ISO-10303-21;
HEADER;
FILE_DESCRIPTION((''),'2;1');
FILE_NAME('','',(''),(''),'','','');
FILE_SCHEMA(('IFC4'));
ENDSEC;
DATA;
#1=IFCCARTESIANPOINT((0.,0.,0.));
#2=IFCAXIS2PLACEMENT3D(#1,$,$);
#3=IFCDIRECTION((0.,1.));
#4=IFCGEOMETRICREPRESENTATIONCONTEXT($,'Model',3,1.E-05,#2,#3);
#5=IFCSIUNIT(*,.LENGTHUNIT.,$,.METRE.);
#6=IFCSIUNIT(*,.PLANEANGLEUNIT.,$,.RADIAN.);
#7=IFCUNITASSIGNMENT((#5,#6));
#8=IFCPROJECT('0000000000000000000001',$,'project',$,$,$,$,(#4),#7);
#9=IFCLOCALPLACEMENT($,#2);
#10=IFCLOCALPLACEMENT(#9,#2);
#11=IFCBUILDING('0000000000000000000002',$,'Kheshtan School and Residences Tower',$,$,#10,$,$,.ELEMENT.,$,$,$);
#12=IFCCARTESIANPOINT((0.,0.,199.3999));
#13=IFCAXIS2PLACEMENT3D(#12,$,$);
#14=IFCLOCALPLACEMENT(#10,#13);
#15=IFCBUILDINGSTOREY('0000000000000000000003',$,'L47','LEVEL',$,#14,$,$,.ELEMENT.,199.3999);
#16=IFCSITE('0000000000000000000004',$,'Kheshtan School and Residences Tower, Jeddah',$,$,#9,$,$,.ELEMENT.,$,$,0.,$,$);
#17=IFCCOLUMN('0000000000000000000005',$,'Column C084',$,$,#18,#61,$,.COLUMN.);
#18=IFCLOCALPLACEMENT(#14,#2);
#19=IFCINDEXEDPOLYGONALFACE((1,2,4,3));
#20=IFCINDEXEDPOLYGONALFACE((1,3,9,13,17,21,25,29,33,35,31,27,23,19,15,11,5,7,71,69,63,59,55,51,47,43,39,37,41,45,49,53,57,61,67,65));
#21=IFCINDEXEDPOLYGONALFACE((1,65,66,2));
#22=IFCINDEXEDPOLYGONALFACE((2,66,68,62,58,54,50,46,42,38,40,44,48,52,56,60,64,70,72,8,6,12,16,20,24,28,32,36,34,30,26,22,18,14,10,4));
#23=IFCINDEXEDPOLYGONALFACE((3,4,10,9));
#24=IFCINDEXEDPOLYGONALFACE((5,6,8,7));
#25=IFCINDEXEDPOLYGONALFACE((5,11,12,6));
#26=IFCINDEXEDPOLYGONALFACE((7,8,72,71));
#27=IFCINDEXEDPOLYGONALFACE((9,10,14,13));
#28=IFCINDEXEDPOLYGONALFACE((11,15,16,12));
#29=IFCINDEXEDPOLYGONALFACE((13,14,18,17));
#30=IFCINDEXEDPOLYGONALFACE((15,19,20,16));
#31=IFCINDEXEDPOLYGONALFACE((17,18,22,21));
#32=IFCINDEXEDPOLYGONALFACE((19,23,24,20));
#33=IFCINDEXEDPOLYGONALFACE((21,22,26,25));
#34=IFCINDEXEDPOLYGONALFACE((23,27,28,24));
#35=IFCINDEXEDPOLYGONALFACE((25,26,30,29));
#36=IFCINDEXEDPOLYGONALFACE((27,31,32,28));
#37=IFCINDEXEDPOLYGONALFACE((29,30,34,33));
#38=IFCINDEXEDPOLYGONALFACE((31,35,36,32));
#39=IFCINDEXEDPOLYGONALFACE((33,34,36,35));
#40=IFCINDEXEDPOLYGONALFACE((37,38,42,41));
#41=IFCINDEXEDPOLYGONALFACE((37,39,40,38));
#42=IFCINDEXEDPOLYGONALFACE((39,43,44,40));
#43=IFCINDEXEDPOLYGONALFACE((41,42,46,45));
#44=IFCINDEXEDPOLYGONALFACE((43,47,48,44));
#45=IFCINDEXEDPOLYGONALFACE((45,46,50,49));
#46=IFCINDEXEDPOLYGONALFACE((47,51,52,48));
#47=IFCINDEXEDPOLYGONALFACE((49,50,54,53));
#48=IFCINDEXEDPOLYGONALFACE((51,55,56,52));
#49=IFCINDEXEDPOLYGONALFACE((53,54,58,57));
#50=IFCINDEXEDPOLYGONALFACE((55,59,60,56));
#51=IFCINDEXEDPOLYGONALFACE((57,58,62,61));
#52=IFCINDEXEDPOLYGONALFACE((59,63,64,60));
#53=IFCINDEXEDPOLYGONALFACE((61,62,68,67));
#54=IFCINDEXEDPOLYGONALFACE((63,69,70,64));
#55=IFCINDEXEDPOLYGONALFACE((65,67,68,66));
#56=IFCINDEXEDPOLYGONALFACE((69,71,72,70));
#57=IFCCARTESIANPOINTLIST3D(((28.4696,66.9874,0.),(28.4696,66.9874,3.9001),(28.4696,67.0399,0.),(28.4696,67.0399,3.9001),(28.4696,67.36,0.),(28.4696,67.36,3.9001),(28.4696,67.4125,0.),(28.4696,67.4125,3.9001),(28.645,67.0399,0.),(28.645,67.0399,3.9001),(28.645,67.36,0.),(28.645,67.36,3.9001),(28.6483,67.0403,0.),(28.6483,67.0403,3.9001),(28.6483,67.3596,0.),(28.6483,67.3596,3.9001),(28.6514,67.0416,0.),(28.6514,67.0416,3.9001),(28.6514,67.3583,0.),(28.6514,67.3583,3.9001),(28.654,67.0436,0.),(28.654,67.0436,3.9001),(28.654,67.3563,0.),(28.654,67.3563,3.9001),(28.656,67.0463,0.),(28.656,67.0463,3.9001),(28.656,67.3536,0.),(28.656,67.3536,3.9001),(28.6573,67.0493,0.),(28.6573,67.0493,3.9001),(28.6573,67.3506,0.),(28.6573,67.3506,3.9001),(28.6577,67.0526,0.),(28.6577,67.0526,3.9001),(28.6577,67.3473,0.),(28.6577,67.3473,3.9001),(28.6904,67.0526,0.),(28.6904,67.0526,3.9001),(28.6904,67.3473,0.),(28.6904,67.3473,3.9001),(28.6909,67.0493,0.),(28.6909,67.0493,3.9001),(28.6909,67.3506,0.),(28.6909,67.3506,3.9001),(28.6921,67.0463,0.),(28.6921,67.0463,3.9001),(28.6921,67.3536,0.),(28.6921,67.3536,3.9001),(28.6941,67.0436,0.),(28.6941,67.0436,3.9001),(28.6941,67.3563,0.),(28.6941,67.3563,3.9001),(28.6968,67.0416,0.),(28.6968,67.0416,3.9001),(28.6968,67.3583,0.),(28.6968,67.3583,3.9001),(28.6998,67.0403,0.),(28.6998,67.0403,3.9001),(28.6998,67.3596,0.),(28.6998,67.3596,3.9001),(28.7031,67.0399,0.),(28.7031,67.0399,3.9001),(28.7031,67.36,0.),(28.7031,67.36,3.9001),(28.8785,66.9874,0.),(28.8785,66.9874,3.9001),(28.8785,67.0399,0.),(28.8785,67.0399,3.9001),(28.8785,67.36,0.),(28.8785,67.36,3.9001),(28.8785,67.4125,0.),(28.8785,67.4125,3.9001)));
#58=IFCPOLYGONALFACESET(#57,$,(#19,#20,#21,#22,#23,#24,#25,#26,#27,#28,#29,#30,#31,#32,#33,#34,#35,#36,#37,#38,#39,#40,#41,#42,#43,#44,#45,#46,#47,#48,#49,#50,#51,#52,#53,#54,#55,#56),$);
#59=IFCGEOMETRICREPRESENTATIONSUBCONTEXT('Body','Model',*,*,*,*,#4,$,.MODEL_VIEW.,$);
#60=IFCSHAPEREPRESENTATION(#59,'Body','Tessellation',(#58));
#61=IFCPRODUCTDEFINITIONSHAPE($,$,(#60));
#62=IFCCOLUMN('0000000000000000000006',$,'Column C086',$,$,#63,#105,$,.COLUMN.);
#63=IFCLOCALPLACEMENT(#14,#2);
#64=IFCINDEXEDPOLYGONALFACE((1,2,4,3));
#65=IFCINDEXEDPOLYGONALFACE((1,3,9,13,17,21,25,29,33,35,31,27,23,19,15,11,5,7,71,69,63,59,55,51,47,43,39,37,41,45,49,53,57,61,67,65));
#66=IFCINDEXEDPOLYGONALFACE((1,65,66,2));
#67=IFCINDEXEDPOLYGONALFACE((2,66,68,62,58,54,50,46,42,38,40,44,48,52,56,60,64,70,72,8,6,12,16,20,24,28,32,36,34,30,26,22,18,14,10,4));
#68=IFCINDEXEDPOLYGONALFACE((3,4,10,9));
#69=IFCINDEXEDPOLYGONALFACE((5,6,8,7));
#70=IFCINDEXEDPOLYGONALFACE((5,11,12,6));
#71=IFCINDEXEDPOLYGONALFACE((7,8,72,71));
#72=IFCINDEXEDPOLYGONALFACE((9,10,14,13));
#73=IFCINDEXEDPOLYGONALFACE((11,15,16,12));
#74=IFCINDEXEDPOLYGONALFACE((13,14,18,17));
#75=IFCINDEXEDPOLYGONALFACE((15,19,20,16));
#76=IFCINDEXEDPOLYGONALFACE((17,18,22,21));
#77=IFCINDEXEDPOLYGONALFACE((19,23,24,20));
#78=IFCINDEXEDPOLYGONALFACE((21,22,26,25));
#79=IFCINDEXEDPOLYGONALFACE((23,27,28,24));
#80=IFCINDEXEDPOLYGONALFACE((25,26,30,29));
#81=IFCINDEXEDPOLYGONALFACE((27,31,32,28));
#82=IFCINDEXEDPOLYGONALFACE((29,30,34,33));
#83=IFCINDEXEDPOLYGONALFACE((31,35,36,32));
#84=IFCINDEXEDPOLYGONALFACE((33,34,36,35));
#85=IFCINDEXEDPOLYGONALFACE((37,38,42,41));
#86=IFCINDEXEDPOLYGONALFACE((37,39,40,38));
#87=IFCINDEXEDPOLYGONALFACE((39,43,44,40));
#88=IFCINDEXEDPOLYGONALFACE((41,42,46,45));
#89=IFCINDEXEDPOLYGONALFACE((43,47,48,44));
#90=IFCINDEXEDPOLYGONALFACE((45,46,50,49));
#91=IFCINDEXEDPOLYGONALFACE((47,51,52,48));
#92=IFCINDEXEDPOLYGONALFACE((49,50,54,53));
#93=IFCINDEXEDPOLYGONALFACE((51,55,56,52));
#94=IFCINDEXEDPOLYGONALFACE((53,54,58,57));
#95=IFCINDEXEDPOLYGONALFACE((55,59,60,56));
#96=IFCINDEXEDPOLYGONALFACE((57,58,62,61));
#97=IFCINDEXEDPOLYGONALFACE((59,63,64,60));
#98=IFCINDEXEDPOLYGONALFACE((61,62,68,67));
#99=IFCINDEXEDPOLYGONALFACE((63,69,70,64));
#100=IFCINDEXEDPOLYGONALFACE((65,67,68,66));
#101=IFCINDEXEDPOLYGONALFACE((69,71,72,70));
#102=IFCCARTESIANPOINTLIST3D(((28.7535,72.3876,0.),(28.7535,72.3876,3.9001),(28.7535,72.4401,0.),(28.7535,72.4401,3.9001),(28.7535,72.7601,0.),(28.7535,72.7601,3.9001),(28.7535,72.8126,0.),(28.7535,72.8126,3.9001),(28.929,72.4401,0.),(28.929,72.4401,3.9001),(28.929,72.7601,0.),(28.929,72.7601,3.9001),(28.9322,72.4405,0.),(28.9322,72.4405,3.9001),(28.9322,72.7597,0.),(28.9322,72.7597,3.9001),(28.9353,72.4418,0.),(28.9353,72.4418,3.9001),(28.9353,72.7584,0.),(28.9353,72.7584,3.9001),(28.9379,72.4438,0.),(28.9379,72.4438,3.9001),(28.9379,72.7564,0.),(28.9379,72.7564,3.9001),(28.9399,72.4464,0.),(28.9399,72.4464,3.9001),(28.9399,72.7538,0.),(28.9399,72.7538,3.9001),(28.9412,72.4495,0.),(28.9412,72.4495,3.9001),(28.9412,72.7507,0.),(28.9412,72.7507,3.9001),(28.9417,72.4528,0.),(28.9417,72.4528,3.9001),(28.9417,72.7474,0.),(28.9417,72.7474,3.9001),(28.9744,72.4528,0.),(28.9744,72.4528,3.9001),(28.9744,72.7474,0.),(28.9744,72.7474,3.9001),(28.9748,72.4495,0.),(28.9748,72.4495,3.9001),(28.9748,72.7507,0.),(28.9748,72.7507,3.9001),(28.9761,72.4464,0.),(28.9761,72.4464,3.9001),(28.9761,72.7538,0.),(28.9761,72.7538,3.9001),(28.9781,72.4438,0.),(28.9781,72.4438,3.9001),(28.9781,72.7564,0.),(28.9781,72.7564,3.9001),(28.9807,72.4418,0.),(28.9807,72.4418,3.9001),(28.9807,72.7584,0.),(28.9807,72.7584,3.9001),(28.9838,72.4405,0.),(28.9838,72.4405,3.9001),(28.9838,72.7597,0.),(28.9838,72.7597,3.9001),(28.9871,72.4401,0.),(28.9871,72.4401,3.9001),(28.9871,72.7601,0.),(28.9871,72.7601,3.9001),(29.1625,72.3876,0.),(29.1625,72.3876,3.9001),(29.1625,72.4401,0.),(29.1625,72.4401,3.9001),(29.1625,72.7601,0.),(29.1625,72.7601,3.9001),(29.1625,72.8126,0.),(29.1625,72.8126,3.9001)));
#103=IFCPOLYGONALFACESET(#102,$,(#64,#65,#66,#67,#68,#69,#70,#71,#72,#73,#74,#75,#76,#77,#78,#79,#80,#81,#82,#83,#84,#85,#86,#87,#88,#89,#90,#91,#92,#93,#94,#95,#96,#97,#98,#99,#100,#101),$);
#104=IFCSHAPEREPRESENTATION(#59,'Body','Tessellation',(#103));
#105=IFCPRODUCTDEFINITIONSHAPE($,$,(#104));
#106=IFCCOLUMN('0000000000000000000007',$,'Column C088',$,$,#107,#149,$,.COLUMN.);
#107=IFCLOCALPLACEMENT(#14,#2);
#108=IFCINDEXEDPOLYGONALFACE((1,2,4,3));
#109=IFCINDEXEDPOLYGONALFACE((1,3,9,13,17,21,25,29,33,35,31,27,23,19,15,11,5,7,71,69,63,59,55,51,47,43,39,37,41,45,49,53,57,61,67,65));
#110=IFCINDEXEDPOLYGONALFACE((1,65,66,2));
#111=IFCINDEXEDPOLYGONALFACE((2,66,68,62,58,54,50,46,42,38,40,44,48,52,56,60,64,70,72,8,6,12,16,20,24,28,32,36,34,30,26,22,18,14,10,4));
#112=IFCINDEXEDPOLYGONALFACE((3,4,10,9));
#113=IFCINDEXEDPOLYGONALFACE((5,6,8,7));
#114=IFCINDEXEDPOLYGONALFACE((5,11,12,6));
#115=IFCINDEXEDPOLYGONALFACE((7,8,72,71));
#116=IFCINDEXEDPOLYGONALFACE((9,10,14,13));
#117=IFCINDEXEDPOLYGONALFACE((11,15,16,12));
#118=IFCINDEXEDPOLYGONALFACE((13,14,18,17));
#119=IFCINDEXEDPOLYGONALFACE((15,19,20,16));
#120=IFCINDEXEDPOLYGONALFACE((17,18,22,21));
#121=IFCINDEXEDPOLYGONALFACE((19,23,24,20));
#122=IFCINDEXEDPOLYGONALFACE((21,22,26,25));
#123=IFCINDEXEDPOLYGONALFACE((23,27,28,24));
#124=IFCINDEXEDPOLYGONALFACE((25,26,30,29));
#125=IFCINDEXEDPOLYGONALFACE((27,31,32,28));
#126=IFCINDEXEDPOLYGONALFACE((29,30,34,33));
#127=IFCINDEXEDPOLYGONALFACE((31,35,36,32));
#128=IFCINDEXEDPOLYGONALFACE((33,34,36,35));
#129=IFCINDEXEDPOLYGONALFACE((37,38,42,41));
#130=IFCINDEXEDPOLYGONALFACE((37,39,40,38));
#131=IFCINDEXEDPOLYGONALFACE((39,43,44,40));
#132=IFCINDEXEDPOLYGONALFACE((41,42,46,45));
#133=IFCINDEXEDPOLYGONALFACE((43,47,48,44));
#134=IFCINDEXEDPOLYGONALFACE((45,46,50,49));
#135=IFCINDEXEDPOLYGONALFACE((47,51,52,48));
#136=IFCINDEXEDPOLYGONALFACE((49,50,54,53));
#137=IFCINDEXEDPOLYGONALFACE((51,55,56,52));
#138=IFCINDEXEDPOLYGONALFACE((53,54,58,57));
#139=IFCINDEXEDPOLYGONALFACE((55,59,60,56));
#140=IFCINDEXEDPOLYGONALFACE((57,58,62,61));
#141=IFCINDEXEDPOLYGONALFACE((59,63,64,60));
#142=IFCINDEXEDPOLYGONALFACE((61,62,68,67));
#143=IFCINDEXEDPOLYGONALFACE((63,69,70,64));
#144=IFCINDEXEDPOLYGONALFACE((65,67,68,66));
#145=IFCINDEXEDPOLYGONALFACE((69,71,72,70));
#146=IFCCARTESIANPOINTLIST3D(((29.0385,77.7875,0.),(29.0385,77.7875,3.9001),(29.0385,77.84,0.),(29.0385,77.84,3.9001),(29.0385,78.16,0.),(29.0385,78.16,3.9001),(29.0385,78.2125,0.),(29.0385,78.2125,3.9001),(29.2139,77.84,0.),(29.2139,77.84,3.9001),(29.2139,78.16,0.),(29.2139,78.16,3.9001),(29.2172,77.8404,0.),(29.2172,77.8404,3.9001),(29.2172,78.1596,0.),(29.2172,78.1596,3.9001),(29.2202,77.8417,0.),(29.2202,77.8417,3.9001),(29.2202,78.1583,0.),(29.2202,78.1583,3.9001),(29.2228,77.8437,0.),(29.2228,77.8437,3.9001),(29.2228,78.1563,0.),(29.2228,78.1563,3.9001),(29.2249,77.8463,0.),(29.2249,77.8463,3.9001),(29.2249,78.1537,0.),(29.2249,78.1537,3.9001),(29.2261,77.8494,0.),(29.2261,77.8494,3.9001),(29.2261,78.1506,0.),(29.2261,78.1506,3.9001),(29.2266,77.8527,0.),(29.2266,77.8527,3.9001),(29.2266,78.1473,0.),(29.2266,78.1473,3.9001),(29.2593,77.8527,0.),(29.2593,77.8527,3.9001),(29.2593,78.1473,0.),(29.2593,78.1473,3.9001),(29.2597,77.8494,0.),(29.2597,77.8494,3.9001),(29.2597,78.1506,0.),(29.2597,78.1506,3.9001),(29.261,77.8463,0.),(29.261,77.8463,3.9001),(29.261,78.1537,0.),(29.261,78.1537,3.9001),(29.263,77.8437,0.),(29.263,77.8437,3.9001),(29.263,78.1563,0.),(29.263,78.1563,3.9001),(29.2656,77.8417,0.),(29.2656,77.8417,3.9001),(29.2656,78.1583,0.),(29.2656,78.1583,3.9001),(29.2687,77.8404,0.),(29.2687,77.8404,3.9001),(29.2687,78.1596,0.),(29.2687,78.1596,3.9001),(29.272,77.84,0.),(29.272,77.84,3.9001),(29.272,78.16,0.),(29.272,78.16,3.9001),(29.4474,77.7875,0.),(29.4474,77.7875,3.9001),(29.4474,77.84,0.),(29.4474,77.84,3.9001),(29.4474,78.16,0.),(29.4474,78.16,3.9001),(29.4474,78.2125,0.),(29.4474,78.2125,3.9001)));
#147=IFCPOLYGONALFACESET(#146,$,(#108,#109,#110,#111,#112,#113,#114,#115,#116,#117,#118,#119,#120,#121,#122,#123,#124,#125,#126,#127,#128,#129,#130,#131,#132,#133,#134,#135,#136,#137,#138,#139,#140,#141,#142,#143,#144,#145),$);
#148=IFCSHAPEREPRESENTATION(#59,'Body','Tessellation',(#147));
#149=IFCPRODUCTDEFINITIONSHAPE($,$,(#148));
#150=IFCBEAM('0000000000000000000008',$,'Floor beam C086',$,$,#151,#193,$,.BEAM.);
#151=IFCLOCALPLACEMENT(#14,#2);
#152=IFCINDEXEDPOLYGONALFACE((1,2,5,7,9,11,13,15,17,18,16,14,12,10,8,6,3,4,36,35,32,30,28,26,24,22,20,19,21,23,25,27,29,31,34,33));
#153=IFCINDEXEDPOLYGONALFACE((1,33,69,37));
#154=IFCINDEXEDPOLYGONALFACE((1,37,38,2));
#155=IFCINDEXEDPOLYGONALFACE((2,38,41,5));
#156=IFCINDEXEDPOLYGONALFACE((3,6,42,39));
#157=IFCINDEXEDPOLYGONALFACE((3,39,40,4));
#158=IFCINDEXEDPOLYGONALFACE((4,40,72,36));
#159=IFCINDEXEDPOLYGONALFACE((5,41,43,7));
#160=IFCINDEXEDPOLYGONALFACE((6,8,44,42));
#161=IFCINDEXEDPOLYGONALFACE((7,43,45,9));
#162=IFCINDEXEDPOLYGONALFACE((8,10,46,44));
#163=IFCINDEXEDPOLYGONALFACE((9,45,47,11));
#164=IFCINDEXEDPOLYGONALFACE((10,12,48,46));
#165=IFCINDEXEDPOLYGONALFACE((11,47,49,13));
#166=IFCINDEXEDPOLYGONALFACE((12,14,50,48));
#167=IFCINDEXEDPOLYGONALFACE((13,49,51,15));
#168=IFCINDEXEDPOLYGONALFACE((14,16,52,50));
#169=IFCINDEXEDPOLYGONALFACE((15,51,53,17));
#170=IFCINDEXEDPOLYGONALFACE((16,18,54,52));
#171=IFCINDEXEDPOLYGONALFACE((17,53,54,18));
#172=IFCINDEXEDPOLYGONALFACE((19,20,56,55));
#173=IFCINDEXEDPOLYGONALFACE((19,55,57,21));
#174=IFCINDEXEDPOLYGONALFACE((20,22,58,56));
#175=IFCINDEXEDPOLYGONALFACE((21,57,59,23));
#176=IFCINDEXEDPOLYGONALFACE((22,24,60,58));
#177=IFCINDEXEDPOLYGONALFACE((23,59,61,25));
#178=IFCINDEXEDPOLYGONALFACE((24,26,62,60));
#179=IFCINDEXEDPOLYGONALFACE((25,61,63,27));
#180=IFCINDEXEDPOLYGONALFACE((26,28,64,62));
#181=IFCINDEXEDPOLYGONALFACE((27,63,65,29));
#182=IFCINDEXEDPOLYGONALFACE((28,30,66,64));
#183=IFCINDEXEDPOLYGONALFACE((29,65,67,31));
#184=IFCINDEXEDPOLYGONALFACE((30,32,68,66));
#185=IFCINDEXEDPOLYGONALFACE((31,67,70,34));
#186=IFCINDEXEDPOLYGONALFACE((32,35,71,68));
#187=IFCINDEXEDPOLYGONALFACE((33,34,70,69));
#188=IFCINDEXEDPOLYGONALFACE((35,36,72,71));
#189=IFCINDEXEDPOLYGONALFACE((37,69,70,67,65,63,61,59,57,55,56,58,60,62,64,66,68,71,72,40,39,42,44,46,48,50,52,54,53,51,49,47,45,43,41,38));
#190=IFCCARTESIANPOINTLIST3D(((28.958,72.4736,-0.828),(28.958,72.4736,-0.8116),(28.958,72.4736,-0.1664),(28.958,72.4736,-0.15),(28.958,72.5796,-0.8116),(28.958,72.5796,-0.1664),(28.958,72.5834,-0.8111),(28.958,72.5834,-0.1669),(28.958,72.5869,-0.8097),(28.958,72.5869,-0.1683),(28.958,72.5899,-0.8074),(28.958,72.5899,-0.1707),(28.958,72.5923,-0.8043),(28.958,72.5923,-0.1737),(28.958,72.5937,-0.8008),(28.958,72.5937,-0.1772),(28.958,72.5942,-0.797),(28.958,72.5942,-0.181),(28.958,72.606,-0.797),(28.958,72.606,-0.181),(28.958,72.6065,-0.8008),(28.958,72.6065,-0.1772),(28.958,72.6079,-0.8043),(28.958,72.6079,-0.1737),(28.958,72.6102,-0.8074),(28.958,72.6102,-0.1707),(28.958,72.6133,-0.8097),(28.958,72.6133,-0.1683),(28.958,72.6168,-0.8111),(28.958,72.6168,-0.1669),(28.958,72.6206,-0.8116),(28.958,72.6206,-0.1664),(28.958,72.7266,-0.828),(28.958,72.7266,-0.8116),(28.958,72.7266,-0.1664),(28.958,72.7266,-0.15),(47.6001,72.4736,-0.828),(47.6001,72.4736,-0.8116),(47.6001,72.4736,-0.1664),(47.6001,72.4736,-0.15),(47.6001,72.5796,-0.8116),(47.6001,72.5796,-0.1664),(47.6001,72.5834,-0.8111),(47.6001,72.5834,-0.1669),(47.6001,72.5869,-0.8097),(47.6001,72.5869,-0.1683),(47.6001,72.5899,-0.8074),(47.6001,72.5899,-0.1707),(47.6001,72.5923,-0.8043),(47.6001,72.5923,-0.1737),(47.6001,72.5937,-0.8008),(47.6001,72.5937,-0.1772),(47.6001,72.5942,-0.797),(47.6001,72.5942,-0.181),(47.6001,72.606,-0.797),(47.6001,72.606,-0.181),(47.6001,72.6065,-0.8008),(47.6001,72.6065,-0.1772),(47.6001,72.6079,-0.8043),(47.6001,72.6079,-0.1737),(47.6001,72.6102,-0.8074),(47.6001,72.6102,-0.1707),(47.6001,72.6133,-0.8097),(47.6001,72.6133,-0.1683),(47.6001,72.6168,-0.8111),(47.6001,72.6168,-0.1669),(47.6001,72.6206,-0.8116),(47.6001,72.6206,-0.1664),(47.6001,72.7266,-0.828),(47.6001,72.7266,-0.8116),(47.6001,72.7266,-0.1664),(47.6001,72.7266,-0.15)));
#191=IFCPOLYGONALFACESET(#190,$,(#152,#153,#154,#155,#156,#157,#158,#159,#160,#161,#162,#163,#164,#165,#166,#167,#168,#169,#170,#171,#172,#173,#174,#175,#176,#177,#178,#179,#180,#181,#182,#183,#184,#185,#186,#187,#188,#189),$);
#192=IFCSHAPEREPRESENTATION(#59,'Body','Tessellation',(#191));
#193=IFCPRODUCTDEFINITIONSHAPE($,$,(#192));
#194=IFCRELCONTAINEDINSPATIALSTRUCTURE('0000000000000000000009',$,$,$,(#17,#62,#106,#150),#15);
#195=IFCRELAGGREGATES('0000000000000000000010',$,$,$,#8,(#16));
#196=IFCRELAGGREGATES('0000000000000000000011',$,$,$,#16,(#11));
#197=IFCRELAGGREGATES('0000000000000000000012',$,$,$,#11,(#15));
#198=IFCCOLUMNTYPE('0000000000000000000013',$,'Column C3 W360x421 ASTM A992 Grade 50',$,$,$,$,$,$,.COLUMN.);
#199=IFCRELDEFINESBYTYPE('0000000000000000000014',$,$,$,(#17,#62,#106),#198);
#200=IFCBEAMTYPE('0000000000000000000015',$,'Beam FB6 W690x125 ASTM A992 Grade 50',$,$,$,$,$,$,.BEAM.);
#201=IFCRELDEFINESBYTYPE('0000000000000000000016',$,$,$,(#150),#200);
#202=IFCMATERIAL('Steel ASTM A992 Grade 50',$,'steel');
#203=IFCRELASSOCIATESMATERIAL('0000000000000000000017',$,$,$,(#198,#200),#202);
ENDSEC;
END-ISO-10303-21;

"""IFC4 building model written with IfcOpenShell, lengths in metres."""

from ifc_helpers import new_model, si_unit, direction, frame, origin, origin_2d, place, context, subcontext, project, spatial, i_section, extrude, material, material_profile, profile_set, type_object, element, save


model = new_model("IFC4")

# Units and contexts
model_context = context("Model", 3, precision=1e-05, world=origin(), true_north=direction((0.0, 1.0)))
body_context = subcontext(model_context, "Body", "Model", "MODEL_VIEW")
ifc_project = project(units=[si_unit("LENGTHUNIT", "METRE"), si_unit("PLANEANGLEUNIT", "RADIAN")], contexts=[model_context])

# Site, building, storey
site_placement = place(None, origin())
site = spatial("IfcSite", under=ifc_project, at=site_placement, Name="Kheshtan School and Residences Tower, Jeddah", CompositionType="ELEMENT", RefElevation=0.0)
building_placement = place(site_placement, origin())
building = spatial("IfcBuilding", under=site, at=building_placement, Name="Kheshtan School and Residences Tower", CompositionType="ELEMENT")
storey_placement = place(building_placement, frame((0.0, 0.0, 199.3999)))
storey = spatial("IfcBuildingStorey", under=building, at=storey_placement, Name="L47", Description="LEVEL", CompositionType="ELEMENT", Elevation=199.3999)

# Columns
ifc_material_1 = material(Name="Steel ASTM A992 Grade 50", Category="steel")
ifc_material_profile_1 = material_profile(ifc_material_1, i_section(OverallWidth=0.4089, OverallDepth=0.425, WebThickness=0.0327, FlangeThickness=0.0525, FilletRadius=0.0127, at=origin_2d()), Name="W360x421")
ifc_profile_set_1 = profile_set([ifc_material_profile_1], Name="Steel ASTM A992 Grade 50")
column_type = type_object("IfcColumnType", Name="Column C3 W360x421 ASTM A992 Grade 50", PredefinedType="COLUMN", material=ifc_profile_set_1)
for number, where, z_axis, x_axis, name in (
    (1, (28.6741, 67.2, 0.0), (0.0, 0.0, 1.0), (1.0, 0.0, 0.0), "Column C084"),
    (2, (28.958, 72.6001, 0.0), (0.0, 0.0, 1.0), (1.0, 0.0, 0.0), "Column C086"),
    (3, (29.2429, 78.0, 0.0), (0.0, 0.0, 1.0), (1.0, 0.0, 0.0), "Column C088"),
):
    element("IfcColumn", number, at=place(storey_placement, frame(where, z_axis=z_axis, x_axis=x_axis)), inside=storey, type_object=column_type, Name=name, PredefinedType="COLUMN", context=body_context, shape_type="SweptSolid", body=[
        extrude(i_section(OverallWidth=0.4089, OverallDepth=0.425, WebThickness=0.0327, FlangeThickness=0.0525, FilletRadius=0.0127, at=origin_2d()), origin(), (0.0, 0.0, 1.0), 3.9001),
    ])

# Beam
ifc_material_profile_2 = material_profile(ifc_material_1, i_section(OverallWidth=0.2529, OverallDepth=0.678, WebThickness=0.0117, FlangeThickness=0.0164, FilletRadius=0.0146, at=origin_2d()), Name="W690x125")
ifc_profile_set_2 = profile_set([ifc_material_profile_2], Name="Steel ASTM A992 Grade 50")
beam_type_1 = type_object("IfcBeamType", Name="Beam FB6 W690x125 ASTM A992 Grade 50", PredefinedType="BEAM", material=ifc_profile_set_2)
beam_1_placement = place(storey_placement, frame((28.958, 72.6001, -0.489), z_axis=(1.0, 0.0, 0.0), x_axis=(0.0, 1.0, 0.0)))
element("IfcBeam", 4, at=beam_1_placement, inside=storey, type_object=beam_type_1, Name="Floor beam C086", PredefinedType="BEAM", context=body_context, shape_type="SweptSolid", body=[
    extrude(i_section(OverallWidth=0.2529, OverallDepth=0.678, WebThickness=0.0117, FlangeThickness=0.0164, FilletRadius=0.0146, at=origin_2d()), origin(), (0.0, 0.0, 1.0), 18.6421),
])

save(model, "model.ifc")
